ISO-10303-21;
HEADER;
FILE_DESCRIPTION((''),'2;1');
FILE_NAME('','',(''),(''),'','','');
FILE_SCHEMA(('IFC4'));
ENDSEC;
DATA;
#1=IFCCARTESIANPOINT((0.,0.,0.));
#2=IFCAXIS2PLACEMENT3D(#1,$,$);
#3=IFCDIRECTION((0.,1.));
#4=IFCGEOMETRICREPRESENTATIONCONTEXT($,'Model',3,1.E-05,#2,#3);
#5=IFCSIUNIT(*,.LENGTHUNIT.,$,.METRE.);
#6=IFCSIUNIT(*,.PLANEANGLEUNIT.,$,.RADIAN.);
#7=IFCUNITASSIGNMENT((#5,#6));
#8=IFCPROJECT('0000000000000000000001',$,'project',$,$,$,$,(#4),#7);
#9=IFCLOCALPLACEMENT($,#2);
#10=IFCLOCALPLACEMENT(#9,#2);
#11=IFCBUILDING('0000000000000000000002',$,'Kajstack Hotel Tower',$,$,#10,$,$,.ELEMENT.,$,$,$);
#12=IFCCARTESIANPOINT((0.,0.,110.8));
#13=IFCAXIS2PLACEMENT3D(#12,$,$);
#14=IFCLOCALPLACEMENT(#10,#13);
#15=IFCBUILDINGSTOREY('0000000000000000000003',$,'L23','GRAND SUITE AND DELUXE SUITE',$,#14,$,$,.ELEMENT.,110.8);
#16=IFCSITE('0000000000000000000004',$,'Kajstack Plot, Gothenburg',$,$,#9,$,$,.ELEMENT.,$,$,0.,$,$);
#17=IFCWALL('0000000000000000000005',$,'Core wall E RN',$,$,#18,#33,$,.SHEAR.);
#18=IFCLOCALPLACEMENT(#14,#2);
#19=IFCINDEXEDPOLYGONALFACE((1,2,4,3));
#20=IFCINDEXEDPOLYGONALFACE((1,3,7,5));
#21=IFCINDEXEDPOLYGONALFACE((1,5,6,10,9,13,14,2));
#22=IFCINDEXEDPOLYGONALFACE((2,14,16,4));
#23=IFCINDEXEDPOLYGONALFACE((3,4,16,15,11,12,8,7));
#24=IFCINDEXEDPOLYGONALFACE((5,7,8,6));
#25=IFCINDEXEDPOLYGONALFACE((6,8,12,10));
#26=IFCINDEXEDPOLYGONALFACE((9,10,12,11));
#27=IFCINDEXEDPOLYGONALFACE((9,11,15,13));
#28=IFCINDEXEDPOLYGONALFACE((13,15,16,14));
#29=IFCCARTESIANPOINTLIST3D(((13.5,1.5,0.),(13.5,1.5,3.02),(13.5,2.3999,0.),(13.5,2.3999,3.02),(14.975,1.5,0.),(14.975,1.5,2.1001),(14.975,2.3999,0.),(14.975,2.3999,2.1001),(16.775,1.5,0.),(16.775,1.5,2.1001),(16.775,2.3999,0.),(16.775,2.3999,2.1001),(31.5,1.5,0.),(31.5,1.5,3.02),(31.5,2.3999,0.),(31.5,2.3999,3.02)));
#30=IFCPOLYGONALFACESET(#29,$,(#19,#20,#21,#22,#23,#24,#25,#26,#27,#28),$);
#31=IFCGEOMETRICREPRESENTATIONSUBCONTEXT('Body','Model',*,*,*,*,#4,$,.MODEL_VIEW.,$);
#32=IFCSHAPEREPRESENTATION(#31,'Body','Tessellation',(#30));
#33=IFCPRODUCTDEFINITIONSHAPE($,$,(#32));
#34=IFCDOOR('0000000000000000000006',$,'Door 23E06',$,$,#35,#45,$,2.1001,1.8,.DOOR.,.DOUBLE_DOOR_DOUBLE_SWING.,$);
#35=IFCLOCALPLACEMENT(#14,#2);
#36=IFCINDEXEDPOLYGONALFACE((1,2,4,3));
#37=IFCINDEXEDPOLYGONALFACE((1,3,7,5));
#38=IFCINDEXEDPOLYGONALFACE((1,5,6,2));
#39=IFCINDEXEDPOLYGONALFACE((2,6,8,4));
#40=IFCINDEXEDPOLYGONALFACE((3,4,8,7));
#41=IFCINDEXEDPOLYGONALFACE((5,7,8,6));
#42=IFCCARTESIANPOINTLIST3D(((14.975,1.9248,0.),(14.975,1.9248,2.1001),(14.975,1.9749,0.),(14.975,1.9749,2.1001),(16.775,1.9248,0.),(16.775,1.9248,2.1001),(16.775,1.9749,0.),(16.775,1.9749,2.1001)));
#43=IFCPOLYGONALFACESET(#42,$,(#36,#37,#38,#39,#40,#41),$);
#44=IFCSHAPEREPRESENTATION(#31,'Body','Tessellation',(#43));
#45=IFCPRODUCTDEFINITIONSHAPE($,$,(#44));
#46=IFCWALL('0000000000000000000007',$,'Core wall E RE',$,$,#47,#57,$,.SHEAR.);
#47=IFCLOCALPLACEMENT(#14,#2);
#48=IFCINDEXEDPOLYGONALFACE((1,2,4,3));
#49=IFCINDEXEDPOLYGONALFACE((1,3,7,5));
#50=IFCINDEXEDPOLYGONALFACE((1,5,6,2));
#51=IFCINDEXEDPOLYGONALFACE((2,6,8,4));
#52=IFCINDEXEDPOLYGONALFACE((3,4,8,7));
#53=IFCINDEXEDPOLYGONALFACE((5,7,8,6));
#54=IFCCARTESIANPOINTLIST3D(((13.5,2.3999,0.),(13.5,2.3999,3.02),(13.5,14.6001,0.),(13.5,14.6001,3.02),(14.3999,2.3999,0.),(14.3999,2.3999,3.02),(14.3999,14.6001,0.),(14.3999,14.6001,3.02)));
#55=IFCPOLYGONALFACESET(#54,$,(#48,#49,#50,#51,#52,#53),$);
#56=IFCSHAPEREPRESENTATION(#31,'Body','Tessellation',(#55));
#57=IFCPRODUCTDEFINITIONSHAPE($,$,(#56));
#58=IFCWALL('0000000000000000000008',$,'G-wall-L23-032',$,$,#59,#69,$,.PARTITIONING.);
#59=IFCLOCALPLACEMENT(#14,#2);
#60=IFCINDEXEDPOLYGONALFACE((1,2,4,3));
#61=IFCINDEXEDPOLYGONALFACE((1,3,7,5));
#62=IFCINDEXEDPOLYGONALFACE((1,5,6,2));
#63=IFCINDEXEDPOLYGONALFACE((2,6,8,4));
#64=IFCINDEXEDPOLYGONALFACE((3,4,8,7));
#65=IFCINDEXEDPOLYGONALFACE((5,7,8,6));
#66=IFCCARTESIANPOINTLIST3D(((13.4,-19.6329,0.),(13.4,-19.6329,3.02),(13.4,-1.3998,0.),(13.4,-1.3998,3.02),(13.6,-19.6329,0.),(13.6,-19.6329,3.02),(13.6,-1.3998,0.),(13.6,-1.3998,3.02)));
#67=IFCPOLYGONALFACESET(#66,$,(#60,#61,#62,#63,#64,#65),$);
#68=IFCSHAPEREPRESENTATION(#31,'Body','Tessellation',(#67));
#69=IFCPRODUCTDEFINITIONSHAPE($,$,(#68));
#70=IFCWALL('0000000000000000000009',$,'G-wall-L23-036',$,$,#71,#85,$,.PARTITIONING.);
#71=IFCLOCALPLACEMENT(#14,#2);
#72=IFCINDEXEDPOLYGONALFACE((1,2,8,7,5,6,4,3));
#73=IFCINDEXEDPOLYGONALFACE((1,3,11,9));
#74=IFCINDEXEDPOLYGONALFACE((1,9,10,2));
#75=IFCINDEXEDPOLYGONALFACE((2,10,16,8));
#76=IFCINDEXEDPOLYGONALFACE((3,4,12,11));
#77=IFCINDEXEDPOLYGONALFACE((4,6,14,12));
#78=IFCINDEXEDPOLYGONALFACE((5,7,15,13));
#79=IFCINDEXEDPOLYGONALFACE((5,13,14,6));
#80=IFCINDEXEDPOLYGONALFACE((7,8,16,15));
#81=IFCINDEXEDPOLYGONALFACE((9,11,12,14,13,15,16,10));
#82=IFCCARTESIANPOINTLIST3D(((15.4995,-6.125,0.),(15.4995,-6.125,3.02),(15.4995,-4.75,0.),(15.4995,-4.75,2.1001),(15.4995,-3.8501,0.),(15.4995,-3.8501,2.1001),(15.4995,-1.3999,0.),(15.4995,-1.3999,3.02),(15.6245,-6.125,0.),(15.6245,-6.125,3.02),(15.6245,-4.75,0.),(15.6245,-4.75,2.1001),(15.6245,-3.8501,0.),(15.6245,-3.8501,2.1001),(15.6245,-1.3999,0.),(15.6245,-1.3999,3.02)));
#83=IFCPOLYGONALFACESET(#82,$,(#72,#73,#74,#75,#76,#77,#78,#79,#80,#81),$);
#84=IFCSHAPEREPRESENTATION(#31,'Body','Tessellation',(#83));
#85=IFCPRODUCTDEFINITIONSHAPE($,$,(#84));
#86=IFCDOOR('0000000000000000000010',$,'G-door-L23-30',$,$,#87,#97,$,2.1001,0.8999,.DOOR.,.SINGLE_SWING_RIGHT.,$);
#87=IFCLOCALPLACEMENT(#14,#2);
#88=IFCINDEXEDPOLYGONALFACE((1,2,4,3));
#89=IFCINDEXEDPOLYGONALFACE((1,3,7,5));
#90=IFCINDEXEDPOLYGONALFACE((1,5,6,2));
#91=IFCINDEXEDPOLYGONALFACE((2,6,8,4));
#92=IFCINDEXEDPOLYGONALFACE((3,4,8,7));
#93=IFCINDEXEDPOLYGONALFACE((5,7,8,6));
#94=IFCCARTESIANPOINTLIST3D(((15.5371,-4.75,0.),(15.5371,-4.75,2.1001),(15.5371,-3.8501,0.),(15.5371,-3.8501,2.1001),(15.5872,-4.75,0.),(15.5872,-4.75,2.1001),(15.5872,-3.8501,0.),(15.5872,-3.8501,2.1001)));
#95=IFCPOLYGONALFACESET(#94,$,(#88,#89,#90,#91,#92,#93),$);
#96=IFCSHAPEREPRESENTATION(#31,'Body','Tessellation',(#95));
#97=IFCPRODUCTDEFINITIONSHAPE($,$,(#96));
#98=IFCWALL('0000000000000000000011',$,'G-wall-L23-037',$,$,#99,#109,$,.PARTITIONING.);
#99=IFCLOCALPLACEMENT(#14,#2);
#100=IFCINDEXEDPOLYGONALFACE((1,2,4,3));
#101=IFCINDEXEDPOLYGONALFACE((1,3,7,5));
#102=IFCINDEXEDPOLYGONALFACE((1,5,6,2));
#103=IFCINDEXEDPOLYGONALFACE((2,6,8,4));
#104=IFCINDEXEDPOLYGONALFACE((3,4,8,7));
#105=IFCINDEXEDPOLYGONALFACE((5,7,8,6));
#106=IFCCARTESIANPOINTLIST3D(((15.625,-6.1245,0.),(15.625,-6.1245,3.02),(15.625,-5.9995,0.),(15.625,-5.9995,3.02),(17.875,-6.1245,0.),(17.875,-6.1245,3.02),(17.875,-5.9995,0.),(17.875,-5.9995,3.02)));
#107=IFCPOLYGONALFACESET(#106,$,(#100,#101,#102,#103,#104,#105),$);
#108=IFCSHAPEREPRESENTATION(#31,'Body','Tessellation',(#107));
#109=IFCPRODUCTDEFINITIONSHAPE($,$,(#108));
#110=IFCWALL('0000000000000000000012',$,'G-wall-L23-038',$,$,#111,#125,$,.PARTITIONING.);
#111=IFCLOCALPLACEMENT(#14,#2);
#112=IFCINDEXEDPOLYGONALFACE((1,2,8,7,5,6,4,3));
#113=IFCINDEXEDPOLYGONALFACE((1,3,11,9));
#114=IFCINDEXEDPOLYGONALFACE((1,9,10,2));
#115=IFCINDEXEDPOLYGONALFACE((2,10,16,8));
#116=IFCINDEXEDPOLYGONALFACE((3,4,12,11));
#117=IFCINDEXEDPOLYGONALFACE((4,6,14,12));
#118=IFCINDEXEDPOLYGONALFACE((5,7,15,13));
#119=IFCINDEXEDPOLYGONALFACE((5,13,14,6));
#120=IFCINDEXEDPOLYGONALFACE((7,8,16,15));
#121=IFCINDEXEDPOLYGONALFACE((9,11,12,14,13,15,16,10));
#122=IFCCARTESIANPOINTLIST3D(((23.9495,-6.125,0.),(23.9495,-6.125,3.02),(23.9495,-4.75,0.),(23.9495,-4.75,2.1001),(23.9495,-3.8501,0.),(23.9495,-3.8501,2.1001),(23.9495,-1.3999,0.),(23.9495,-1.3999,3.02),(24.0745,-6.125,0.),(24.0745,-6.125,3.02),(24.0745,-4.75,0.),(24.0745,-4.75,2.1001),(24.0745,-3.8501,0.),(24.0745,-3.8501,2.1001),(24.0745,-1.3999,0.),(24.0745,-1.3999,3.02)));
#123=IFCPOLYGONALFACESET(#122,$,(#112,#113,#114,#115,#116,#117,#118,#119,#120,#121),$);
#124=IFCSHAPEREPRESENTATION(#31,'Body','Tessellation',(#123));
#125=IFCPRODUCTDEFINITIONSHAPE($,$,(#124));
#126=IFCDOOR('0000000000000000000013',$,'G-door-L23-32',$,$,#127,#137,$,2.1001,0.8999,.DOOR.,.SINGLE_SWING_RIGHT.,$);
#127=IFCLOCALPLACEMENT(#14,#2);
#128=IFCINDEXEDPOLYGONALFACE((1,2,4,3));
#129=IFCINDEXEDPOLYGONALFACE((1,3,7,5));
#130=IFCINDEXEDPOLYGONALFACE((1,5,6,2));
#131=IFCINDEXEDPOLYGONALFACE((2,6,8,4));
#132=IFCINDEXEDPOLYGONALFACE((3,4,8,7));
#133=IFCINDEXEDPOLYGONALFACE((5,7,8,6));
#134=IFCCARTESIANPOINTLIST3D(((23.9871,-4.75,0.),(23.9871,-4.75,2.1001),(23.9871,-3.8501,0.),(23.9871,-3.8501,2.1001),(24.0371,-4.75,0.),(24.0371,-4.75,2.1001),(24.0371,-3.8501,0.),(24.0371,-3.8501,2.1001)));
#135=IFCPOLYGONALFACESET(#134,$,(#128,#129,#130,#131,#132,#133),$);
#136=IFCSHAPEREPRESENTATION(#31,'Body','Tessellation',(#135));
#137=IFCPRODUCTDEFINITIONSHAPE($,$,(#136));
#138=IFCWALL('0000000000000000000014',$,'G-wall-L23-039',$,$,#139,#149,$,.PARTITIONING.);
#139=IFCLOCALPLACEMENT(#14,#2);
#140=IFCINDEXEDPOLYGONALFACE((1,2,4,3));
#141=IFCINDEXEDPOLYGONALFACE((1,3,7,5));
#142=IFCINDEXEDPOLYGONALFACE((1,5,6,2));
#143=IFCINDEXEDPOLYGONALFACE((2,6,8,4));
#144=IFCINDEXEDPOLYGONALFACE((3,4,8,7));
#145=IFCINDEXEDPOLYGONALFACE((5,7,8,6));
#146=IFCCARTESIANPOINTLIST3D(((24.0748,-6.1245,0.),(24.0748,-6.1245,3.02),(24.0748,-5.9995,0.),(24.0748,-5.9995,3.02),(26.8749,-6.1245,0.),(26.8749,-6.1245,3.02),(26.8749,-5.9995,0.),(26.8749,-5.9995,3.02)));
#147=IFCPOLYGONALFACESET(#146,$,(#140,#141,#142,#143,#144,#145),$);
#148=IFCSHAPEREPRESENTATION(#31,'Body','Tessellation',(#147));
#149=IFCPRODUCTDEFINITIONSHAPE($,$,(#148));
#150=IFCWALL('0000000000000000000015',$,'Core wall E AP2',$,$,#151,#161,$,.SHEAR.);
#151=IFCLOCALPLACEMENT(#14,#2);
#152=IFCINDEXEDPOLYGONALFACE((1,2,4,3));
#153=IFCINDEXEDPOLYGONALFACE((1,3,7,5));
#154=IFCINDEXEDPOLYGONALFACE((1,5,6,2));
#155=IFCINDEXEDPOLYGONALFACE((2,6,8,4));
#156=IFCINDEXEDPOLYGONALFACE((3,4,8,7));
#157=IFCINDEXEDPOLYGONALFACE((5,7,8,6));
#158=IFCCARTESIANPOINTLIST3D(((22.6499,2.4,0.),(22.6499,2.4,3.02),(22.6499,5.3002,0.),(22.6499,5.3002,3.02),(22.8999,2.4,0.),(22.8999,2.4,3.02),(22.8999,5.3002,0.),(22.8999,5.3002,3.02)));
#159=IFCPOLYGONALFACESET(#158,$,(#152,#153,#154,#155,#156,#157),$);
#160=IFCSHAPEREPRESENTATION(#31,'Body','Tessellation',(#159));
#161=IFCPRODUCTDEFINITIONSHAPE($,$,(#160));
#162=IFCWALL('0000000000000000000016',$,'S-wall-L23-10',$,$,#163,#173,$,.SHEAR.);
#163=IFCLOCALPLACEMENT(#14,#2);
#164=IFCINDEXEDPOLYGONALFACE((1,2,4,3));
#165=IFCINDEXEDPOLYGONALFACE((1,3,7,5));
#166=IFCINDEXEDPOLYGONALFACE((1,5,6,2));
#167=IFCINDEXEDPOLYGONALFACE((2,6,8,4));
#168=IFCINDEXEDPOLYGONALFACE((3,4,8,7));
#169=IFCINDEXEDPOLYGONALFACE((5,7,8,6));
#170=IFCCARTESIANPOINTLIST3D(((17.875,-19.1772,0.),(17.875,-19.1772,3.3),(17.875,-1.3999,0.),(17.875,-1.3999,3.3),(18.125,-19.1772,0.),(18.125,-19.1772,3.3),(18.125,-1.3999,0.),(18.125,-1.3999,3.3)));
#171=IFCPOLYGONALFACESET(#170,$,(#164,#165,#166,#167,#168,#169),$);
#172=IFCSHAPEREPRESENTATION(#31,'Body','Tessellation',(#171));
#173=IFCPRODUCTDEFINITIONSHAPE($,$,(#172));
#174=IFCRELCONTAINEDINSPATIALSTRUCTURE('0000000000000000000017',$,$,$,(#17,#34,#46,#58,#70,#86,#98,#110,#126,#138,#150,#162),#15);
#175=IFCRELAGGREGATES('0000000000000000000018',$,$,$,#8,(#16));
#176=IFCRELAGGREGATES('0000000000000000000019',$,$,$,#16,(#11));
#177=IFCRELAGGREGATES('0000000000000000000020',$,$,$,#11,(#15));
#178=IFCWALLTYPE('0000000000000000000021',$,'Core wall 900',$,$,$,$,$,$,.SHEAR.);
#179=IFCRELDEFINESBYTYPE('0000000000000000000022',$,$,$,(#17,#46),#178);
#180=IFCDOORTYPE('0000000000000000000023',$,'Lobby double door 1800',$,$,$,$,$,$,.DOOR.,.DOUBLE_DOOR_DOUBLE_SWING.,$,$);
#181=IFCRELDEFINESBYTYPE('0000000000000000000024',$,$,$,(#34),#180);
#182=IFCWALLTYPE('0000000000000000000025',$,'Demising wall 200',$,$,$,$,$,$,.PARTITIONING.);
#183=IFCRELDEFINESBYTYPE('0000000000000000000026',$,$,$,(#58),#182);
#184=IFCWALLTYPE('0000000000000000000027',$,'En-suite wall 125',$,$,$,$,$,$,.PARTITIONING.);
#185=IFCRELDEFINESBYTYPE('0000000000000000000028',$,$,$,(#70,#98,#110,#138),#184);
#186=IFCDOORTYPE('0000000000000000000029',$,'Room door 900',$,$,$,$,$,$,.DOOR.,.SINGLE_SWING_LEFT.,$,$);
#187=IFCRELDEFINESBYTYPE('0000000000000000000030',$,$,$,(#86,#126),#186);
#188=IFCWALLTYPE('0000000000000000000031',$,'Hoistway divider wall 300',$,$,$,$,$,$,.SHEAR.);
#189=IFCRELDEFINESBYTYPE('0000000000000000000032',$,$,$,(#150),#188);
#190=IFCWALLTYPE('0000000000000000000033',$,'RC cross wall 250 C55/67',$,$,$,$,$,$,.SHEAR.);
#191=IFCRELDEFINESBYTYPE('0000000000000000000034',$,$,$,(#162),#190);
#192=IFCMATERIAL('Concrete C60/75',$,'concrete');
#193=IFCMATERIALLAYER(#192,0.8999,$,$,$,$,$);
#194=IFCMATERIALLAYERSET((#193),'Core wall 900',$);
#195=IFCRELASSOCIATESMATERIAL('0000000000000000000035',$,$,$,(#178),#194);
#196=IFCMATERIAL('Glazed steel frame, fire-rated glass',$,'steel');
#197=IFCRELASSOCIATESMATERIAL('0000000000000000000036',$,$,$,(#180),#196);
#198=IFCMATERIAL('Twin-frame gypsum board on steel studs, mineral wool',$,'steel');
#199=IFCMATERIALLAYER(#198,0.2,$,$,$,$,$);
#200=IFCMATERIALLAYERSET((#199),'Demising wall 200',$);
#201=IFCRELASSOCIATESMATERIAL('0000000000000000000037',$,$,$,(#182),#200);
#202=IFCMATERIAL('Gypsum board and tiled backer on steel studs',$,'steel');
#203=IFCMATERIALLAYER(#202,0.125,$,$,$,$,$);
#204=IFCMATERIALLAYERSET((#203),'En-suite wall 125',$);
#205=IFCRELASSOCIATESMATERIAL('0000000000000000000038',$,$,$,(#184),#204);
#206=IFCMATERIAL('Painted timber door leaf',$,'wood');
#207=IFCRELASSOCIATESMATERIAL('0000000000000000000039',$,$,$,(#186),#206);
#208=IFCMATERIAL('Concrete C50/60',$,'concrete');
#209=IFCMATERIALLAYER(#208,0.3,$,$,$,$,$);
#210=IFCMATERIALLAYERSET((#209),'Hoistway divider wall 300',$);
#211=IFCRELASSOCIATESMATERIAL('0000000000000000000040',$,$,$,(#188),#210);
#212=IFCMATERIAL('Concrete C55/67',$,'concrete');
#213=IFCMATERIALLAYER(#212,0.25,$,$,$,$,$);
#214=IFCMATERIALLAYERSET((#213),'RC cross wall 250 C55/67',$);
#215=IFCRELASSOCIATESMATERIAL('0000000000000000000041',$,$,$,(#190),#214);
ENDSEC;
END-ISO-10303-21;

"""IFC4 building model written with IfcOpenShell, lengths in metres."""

from ifc_helpers import new_model, si_unit, direction, frame, frame_2d, origin, place, context, subcontext, project, spatial, rectangle, extrude, material, layer, layer_set, type_object, element, fill, save


model = new_model("IFC4")

# Units and contexts
model_context = context("Model", 3, precision=1e-05, world=origin(), true_north=direction((0.0, 1.0)))
body_context = subcontext(model_context, "Body", "Model", "MODEL_VIEW")
ifc_project = project(units=[si_unit("LENGTHUNIT", "METRE"), si_unit("PLANEANGLEUNIT", "RADIAN")], contexts=[model_context])

# Site, building, storey
site_placement = place(None, origin())
site = spatial("IfcSite", under=ifc_project, at=site_placement, Name="Kajstack Plot, Gothenburg", CompositionType="ELEMENT", RefElevation=0.0)
building_placement = place(site_placement, origin())
building = spatial("IfcBuilding", under=site, at=building_placement, Name="Kajstack Hotel Tower", CompositionType="ELEMENT")
storey_placement = place(building_placement, frame((0.0, 0.0, 110.8)))
storey = spatial("IfcBuildingStorey", under=building, at=storey_placement, Name="L23", Description="GRAND SUITE AND DELUXE SUITE", CompositionType="ELEMENT", Elevation=110.8)

# Wall, opening, door
ifc_material_1 = material(Name="Concrete C60/75", Category="concrete")
ifc_layer_1 = layer(ifc_material_1, 0.8999)
ifc_layer_set_1 = layer_set([ifc_layer_1], Name="Core wall 900")
wall_type_1 = type_object("IfcWallType", Name="Core wall 900", PredefinedType="SHEAR", material=ifc_layer_set_1)
wall_1_placement = place(storey_placement, frame((13.5, 1.95, 0.0), z_axis=(0.0, 0.0, 1.0), x_axis=(1.0, 0.0, 0.0)))
wall_1 = element("IfcWall", 1, at=wall_1_placement, inside=storey, type_object=wall_type_1, Name="Core wall E RN", PredefinedType="SHEAR", context=body_context, shape_type="SweptSolid", body=[
    extrude(rectangle(XDim=18.0, YDim=0.8999, at=frame_2d((9.0, 0.0))), origin(), (0.0, 0.0, 1.0), 3.02),
])
opening_1_placement = place(wall_1_placement, frame((1.4751, 0.0, 0.0)))
opening_1 = element("IfcOpeningElement", 2, at=opening_1_placement, cuts=wall_1, PredefinedType="OPENING", context=body_context, shape_type="SweptSolid", body=[
    extrude(rectangle(XDim=1.8, YDim=2.1001, at=frame_2d((0.8999, 1.05))), frame((0.0, 0.46, 0.0), z_axis=(0.0, -1.0, 0.0), x_axis=(1.0, 0.0, 0.0)), (0.0, 0.0, 1.0), 0.9199),
])
ifc_material_2 = material(Name="Glazed steel frame, fire-rated glass", Category="steel")
door_type_1 = type_object("IfcDoorType", Name="Lobby double door 1800", OperationType="DOUBLE_DOOR_DOUBLE_SWING", PredefinedType="DOOR", material=ifc_material_2)
door_1_placement = place(opening_1_placement, origin())
door_1 = element("IfcDoor", 3, at=door_1_placement, inside=storey, type_object=door_type_1, Name="Door 23E06", OperationType="DOUBLE_DOOR_DOUBLE_SWING", OverallHeight=2.1001, OverallWidth=1.8, PredefinedType="DOOR", context=body_context, shape_type="SweptSolid", body=[
    extrude(rectangle(XDim=1.8, YDim=2.1001, at=frame_2d((0.8999, 1.05))), frame((0.0, 0.0249, 0.0), z_axis=(0.0, -1.0, 0.0), x_axis=(1.0, 0.0, 0.0)), (0.0, 0.0, 1.0), 0.05),
])
fill(opening_1, door_1)

# Walls
wall_2_placement = place(storey_placement, frame((13.95, 2.3999, 0.0), z_axis=(0.0, 0.0, 1.0), x_axis=(0.0, 1.0, 0.0)))
element("IfcWall", 4, at=wall_2_placement, inside=storey, type_object=wall_type_1, Name="Core wall E RE", PredefinedType="SHEAR", context=body_context, shape_type="SweptSolid", body=[
    extrude(rectangle(XDim=12.2002, YDim=0.8999, at=frame_2d((6.1001, 0.0))), origin(), (0.0, 0.0, 1.0), 3.02),
])
ifc_material_3 = material(Name="Twin-frame gypsum board on steel studs, mineral wool", Category="steel")
ifc_layer_2 = layer(ifc_material_3, 0.2)
ifc_layer_set_2 = layer_set([ifc_layer_2], Name="Demising wall 200")
wall_type_2 = type_object("IfcWallType", Name="Demising wall 200", PredefinedType="PARTITIONING", material=ifc_layer_set_2)
wall_3_placement = place(storey_placement, frame((13.5, -19.6331, 0.0), z_axis=(0.0, 0.0, 1.0), x_axis=(0.0, 1.0, 0.0)))
element("IfcWall", 5, at=wall_3_placement, inside=storey, type_object=wall_type_2, Name="G-wall-L23-032", PredefinedType="PARTITIONING", context=body_context, shape_type="SweptSolid", body=[
    extrude(rectangle(XDim=18.2332, YDim=0.2, at=frame_2d((9.1167, 0.0))), origin(), (0.0, 0.0, 1.0), 3.02),
])

# Wall, opening, door
ifc_material_4 = material(Name="Gypsum board and tiled backer on steel studs", Category="steel")
ifc_layer_3 = layer(ifc_material_4, 0.125)
ifc_layer_set_3 = layer_set([ifc_layer_3], Name="En-suite wall 125")
wall_type_3 = type_object("IfcWallType", Name="En-suite wall 125", PredefinedType="PARTITIONING", material=ifc_layer_set_3)
wall_4_placement = place(storey_placement, frame((15.562, -6.125, 0.0), z_axis=(0.0, 0.0, 1.0), x_axis=(0.0, 1.0, 0.0)))
wall_4 = element("IfcWall", 6, at=wall_4_placement, inside=storey, type_object=wall_type_3, Name="G-wall-L23-036", PredefinedType="PARTITIONING", context=body_context, shape_type="SweptSolid", body=[
    extrude(rectangle(XDim=4.7251, YDim=0.125, at=frame_2d((2.3625, 0.0))), origin(), (0.0, 0.0, 1.0), 3.02),
])
opening_2_placement = place(wall_4_placement, frame((1.375, 0.0, 0.0)))
opening_2 = element("IfcOpeningElement", 7, at=opening_2_placement, cuts=wall_4, PredefinedType="OPENING", context=body_context, shape_type="SweptSolid", body=[
    extrude(rectangle(XDim=0.8999, YDim=2.1001, at=frame_2d((0.45, 1.05))), frame((0.0, 0.0725, 0.0), z_axis=(0.0, -1.0, 0.0), x_axis=(1.0, 0.0, 0.0)), (0.0, 0.0, 1.0), 0.145),
])
ifc_material_5 = material(Name="Painted timber door leaf", Category="wood")
door_type_2 = type_object("IfcDoorType", Name="Room door 900", OperationType="SINGLE_SWING_LEFT", PredefinedType="DOOR", material=ifc_material_5)
door_2_placement = place(opening_2_placement, origin())
door_2 = element("IfcDoor", 8, at=door_2_placement, inside=storey, type_object=door_type_2, Name="G-door-L23-30", OperationType="SINGLE_SWING_RIGHT", OverallHeight=2.1001, OverallWidth=0.8999, PredefinedType="DOOR", context=body_context, shape_type="SweptSolid", body=[
    extrude(rectangle(XDim=0.8999, YDim=2.1001, at=frame_2d((0.45, 1.05))), frame((0.0, 0.0249, 0.0), z_axis=(0.0, -1.0, 0.0), x_axis=(1.0, 0.0, 0.0)), (0.0, 0.0, 1.0), 0.05),
])
fill(opening_2, door_2)

# Wall
wall_5_placement = place(storey_placement, frame((15.625, -6.062, 0.0), z_axis=(0.0, 0.0, 1.0), x_axis=(1.0, 0.0, 0.0)))
element("IfcWall", 9, at=wall_5_placement, inside=storey, type_object=wall_type_3, Name="G-wall-L23-037", PredefinedType="PARTITIONING", context=body_context, shape_type="SweptSolid", body=[
    extrude(rectangle(XDim=2.25, YDim=0.125, at=frame_2d((1.125, 0.0))), origin(), (0.0, 0.0, 1.0), 3.02),
])

# Wall, opening, door
wall_6_placement = place(storey_placement, frame((24.012, -6.125, 0.0), z_axis=(0.0, 0.0, 1.0), x_axis=(0.0, 1.0, 0.0)))
wall_6 = element("IfcWall", 10, at=wall_6_placement, inside=storey, type_object=wall_type_3, Name="G-wall-L23-038", PredefinedType="PARTITIONING", context=body_context, shape_type="SweptSolid", body=[
    extrude(rectangle(XDim=4.7251, YDim=0.125, at=frame_2d((2.3625, 0.0))), origin(), (0.0, 0.0, 1.0), 3.02),
])
opening_3_placement = place(wall_6_placement, frame((1.375, 0.0, 0.0)))
opening_3 = element("IfcOpeningElement", 11, at=opening_3_placement, cuts=wall_6, PredefinedType="OPENING", context=body_context, shape_type="SweptSolid", body=[
    extrude(rectangle(XDim=0.8999, YDim=2.1001, at=frame_2d((0.45, 1.05))), frame((0.0, 0.0725, 0.0), z_axis=(0.0, -1.0, 0.0), x_axis=(1.0, 0.0, 0.0)), (0.0, 0.0, 1.0), 0.145),
])
door_3_placement = place(opening_3_placement, origin())
door_3 = element("IfcDoor", 12, at=door_3_placement, inside=storey, type_object=door_type_2, Name="G-door-L23-32", OperationType="SINGLE_SWING_RIGHT", OverallHeight=2.1001, OverallWidth=0.8999, PredefinedType="DOOR", context=body_context, shape_type="SweptSolid", body=[
    extrude(rectangle(XDim=0.8999, YDim=2.1001, at=frame_2d((0.45, 1.05))), frame((0.0, 0.0249, 0.0), z_axis=(0.0, -1.0, 0.0), x_axis=(1.0, 0.0, 0.0)), (0.0, 0.0, 1.0), 0.05),
])
fill(opening_3, door_3)

# Walls
wall_7_placement = place(storey_placement, frame((24.075, -6.062, 0.0), z_axis=(0.0, 0.0, 1.0), x_axis=(1.0, 0.0, 0.0)))
element("IfcWall", 13, at=wall_7_placement, inside=storey, type_object=wall_type_3, Name="G-wall-L23-039", PredefinedType="PARTITIONING", context=body_context, shape_type="SweptSolid", body=[
    extrude(rectangle(XDim=2.8, YDim=0.125, at=frame_2d((1.3999, 0.0))), origin(), (0.0, 0.0, 1.0), 3.02),
])
ifc_material_6 = material(Name="Concrete C50/60", Category="concrete")
ifc_layer_4 = layer(ifc_material_6, 0.3)
ifc_layer_set_4 = layer_set([ifc_layer_4], Name="Hoistway divider wall 300")
wall_type_4 = type_object("IfcWallType", Name="Hoistway divider wall 300", PredefinedType="SHEAR", material=ifc_layer_set_4)
wall_8_placement = place(storey_placement, frame((22.7749, 2.3999, 0.0), z_axis=(0.0, 0.0, 1.0), x_axis=(0.0, 1.0, 0.0)))
element("IfcWall", 14, at=wall_8_placement, inside=storey, type_object=wall_type_4, Name="Core wall E AP2", PredefinedType="SHEAR", context=body_context, shape_type="SweptSolid", body=[
    extrude(rectangle(XDim=2.9001, YDim=0.25, at=frame_2d((1.4502, 0.0))), origin(), (0.0, 0.0, 1.0), 3.02),
])
ifc_material_7 = material(Name="Concrete C55/67", Category="concrete")
ifc_layer_5 = layer(ifc_material_7, 0.25)
ifc_layer_set_5 = layer_set([ifc_layer_5], Name="RC cross wall 250 C55/67")
wall_type_5 = type_object("IfcWallType", Name="RC cross wall 250 C55/67", PredefinedType="SHEAR", material=ifc_layer_set_5)
wall_9_placement = place(storey_placement, frame((18.0, -19.1772, 0.0), z_axis=(0.0, 0.0, 1.0), x_axis=(0.0, 1.0, 0.0)))
element("IfcWall", 15, at=wall_9_placement, inside=storey, type_object=wall_type_5, Name="S-wall-L23-10", PredefinedType="SHEAR", context=body_context, shape_type="SweptSolid", body=[
    extrude(rectangle(XDim=17.7773, YDim=0.25, at=frame_2d((8.8887, 0.0))), origin(), (0.0, 0.0, 1.0), 3.3),
])

save(model, "model.ifc")
